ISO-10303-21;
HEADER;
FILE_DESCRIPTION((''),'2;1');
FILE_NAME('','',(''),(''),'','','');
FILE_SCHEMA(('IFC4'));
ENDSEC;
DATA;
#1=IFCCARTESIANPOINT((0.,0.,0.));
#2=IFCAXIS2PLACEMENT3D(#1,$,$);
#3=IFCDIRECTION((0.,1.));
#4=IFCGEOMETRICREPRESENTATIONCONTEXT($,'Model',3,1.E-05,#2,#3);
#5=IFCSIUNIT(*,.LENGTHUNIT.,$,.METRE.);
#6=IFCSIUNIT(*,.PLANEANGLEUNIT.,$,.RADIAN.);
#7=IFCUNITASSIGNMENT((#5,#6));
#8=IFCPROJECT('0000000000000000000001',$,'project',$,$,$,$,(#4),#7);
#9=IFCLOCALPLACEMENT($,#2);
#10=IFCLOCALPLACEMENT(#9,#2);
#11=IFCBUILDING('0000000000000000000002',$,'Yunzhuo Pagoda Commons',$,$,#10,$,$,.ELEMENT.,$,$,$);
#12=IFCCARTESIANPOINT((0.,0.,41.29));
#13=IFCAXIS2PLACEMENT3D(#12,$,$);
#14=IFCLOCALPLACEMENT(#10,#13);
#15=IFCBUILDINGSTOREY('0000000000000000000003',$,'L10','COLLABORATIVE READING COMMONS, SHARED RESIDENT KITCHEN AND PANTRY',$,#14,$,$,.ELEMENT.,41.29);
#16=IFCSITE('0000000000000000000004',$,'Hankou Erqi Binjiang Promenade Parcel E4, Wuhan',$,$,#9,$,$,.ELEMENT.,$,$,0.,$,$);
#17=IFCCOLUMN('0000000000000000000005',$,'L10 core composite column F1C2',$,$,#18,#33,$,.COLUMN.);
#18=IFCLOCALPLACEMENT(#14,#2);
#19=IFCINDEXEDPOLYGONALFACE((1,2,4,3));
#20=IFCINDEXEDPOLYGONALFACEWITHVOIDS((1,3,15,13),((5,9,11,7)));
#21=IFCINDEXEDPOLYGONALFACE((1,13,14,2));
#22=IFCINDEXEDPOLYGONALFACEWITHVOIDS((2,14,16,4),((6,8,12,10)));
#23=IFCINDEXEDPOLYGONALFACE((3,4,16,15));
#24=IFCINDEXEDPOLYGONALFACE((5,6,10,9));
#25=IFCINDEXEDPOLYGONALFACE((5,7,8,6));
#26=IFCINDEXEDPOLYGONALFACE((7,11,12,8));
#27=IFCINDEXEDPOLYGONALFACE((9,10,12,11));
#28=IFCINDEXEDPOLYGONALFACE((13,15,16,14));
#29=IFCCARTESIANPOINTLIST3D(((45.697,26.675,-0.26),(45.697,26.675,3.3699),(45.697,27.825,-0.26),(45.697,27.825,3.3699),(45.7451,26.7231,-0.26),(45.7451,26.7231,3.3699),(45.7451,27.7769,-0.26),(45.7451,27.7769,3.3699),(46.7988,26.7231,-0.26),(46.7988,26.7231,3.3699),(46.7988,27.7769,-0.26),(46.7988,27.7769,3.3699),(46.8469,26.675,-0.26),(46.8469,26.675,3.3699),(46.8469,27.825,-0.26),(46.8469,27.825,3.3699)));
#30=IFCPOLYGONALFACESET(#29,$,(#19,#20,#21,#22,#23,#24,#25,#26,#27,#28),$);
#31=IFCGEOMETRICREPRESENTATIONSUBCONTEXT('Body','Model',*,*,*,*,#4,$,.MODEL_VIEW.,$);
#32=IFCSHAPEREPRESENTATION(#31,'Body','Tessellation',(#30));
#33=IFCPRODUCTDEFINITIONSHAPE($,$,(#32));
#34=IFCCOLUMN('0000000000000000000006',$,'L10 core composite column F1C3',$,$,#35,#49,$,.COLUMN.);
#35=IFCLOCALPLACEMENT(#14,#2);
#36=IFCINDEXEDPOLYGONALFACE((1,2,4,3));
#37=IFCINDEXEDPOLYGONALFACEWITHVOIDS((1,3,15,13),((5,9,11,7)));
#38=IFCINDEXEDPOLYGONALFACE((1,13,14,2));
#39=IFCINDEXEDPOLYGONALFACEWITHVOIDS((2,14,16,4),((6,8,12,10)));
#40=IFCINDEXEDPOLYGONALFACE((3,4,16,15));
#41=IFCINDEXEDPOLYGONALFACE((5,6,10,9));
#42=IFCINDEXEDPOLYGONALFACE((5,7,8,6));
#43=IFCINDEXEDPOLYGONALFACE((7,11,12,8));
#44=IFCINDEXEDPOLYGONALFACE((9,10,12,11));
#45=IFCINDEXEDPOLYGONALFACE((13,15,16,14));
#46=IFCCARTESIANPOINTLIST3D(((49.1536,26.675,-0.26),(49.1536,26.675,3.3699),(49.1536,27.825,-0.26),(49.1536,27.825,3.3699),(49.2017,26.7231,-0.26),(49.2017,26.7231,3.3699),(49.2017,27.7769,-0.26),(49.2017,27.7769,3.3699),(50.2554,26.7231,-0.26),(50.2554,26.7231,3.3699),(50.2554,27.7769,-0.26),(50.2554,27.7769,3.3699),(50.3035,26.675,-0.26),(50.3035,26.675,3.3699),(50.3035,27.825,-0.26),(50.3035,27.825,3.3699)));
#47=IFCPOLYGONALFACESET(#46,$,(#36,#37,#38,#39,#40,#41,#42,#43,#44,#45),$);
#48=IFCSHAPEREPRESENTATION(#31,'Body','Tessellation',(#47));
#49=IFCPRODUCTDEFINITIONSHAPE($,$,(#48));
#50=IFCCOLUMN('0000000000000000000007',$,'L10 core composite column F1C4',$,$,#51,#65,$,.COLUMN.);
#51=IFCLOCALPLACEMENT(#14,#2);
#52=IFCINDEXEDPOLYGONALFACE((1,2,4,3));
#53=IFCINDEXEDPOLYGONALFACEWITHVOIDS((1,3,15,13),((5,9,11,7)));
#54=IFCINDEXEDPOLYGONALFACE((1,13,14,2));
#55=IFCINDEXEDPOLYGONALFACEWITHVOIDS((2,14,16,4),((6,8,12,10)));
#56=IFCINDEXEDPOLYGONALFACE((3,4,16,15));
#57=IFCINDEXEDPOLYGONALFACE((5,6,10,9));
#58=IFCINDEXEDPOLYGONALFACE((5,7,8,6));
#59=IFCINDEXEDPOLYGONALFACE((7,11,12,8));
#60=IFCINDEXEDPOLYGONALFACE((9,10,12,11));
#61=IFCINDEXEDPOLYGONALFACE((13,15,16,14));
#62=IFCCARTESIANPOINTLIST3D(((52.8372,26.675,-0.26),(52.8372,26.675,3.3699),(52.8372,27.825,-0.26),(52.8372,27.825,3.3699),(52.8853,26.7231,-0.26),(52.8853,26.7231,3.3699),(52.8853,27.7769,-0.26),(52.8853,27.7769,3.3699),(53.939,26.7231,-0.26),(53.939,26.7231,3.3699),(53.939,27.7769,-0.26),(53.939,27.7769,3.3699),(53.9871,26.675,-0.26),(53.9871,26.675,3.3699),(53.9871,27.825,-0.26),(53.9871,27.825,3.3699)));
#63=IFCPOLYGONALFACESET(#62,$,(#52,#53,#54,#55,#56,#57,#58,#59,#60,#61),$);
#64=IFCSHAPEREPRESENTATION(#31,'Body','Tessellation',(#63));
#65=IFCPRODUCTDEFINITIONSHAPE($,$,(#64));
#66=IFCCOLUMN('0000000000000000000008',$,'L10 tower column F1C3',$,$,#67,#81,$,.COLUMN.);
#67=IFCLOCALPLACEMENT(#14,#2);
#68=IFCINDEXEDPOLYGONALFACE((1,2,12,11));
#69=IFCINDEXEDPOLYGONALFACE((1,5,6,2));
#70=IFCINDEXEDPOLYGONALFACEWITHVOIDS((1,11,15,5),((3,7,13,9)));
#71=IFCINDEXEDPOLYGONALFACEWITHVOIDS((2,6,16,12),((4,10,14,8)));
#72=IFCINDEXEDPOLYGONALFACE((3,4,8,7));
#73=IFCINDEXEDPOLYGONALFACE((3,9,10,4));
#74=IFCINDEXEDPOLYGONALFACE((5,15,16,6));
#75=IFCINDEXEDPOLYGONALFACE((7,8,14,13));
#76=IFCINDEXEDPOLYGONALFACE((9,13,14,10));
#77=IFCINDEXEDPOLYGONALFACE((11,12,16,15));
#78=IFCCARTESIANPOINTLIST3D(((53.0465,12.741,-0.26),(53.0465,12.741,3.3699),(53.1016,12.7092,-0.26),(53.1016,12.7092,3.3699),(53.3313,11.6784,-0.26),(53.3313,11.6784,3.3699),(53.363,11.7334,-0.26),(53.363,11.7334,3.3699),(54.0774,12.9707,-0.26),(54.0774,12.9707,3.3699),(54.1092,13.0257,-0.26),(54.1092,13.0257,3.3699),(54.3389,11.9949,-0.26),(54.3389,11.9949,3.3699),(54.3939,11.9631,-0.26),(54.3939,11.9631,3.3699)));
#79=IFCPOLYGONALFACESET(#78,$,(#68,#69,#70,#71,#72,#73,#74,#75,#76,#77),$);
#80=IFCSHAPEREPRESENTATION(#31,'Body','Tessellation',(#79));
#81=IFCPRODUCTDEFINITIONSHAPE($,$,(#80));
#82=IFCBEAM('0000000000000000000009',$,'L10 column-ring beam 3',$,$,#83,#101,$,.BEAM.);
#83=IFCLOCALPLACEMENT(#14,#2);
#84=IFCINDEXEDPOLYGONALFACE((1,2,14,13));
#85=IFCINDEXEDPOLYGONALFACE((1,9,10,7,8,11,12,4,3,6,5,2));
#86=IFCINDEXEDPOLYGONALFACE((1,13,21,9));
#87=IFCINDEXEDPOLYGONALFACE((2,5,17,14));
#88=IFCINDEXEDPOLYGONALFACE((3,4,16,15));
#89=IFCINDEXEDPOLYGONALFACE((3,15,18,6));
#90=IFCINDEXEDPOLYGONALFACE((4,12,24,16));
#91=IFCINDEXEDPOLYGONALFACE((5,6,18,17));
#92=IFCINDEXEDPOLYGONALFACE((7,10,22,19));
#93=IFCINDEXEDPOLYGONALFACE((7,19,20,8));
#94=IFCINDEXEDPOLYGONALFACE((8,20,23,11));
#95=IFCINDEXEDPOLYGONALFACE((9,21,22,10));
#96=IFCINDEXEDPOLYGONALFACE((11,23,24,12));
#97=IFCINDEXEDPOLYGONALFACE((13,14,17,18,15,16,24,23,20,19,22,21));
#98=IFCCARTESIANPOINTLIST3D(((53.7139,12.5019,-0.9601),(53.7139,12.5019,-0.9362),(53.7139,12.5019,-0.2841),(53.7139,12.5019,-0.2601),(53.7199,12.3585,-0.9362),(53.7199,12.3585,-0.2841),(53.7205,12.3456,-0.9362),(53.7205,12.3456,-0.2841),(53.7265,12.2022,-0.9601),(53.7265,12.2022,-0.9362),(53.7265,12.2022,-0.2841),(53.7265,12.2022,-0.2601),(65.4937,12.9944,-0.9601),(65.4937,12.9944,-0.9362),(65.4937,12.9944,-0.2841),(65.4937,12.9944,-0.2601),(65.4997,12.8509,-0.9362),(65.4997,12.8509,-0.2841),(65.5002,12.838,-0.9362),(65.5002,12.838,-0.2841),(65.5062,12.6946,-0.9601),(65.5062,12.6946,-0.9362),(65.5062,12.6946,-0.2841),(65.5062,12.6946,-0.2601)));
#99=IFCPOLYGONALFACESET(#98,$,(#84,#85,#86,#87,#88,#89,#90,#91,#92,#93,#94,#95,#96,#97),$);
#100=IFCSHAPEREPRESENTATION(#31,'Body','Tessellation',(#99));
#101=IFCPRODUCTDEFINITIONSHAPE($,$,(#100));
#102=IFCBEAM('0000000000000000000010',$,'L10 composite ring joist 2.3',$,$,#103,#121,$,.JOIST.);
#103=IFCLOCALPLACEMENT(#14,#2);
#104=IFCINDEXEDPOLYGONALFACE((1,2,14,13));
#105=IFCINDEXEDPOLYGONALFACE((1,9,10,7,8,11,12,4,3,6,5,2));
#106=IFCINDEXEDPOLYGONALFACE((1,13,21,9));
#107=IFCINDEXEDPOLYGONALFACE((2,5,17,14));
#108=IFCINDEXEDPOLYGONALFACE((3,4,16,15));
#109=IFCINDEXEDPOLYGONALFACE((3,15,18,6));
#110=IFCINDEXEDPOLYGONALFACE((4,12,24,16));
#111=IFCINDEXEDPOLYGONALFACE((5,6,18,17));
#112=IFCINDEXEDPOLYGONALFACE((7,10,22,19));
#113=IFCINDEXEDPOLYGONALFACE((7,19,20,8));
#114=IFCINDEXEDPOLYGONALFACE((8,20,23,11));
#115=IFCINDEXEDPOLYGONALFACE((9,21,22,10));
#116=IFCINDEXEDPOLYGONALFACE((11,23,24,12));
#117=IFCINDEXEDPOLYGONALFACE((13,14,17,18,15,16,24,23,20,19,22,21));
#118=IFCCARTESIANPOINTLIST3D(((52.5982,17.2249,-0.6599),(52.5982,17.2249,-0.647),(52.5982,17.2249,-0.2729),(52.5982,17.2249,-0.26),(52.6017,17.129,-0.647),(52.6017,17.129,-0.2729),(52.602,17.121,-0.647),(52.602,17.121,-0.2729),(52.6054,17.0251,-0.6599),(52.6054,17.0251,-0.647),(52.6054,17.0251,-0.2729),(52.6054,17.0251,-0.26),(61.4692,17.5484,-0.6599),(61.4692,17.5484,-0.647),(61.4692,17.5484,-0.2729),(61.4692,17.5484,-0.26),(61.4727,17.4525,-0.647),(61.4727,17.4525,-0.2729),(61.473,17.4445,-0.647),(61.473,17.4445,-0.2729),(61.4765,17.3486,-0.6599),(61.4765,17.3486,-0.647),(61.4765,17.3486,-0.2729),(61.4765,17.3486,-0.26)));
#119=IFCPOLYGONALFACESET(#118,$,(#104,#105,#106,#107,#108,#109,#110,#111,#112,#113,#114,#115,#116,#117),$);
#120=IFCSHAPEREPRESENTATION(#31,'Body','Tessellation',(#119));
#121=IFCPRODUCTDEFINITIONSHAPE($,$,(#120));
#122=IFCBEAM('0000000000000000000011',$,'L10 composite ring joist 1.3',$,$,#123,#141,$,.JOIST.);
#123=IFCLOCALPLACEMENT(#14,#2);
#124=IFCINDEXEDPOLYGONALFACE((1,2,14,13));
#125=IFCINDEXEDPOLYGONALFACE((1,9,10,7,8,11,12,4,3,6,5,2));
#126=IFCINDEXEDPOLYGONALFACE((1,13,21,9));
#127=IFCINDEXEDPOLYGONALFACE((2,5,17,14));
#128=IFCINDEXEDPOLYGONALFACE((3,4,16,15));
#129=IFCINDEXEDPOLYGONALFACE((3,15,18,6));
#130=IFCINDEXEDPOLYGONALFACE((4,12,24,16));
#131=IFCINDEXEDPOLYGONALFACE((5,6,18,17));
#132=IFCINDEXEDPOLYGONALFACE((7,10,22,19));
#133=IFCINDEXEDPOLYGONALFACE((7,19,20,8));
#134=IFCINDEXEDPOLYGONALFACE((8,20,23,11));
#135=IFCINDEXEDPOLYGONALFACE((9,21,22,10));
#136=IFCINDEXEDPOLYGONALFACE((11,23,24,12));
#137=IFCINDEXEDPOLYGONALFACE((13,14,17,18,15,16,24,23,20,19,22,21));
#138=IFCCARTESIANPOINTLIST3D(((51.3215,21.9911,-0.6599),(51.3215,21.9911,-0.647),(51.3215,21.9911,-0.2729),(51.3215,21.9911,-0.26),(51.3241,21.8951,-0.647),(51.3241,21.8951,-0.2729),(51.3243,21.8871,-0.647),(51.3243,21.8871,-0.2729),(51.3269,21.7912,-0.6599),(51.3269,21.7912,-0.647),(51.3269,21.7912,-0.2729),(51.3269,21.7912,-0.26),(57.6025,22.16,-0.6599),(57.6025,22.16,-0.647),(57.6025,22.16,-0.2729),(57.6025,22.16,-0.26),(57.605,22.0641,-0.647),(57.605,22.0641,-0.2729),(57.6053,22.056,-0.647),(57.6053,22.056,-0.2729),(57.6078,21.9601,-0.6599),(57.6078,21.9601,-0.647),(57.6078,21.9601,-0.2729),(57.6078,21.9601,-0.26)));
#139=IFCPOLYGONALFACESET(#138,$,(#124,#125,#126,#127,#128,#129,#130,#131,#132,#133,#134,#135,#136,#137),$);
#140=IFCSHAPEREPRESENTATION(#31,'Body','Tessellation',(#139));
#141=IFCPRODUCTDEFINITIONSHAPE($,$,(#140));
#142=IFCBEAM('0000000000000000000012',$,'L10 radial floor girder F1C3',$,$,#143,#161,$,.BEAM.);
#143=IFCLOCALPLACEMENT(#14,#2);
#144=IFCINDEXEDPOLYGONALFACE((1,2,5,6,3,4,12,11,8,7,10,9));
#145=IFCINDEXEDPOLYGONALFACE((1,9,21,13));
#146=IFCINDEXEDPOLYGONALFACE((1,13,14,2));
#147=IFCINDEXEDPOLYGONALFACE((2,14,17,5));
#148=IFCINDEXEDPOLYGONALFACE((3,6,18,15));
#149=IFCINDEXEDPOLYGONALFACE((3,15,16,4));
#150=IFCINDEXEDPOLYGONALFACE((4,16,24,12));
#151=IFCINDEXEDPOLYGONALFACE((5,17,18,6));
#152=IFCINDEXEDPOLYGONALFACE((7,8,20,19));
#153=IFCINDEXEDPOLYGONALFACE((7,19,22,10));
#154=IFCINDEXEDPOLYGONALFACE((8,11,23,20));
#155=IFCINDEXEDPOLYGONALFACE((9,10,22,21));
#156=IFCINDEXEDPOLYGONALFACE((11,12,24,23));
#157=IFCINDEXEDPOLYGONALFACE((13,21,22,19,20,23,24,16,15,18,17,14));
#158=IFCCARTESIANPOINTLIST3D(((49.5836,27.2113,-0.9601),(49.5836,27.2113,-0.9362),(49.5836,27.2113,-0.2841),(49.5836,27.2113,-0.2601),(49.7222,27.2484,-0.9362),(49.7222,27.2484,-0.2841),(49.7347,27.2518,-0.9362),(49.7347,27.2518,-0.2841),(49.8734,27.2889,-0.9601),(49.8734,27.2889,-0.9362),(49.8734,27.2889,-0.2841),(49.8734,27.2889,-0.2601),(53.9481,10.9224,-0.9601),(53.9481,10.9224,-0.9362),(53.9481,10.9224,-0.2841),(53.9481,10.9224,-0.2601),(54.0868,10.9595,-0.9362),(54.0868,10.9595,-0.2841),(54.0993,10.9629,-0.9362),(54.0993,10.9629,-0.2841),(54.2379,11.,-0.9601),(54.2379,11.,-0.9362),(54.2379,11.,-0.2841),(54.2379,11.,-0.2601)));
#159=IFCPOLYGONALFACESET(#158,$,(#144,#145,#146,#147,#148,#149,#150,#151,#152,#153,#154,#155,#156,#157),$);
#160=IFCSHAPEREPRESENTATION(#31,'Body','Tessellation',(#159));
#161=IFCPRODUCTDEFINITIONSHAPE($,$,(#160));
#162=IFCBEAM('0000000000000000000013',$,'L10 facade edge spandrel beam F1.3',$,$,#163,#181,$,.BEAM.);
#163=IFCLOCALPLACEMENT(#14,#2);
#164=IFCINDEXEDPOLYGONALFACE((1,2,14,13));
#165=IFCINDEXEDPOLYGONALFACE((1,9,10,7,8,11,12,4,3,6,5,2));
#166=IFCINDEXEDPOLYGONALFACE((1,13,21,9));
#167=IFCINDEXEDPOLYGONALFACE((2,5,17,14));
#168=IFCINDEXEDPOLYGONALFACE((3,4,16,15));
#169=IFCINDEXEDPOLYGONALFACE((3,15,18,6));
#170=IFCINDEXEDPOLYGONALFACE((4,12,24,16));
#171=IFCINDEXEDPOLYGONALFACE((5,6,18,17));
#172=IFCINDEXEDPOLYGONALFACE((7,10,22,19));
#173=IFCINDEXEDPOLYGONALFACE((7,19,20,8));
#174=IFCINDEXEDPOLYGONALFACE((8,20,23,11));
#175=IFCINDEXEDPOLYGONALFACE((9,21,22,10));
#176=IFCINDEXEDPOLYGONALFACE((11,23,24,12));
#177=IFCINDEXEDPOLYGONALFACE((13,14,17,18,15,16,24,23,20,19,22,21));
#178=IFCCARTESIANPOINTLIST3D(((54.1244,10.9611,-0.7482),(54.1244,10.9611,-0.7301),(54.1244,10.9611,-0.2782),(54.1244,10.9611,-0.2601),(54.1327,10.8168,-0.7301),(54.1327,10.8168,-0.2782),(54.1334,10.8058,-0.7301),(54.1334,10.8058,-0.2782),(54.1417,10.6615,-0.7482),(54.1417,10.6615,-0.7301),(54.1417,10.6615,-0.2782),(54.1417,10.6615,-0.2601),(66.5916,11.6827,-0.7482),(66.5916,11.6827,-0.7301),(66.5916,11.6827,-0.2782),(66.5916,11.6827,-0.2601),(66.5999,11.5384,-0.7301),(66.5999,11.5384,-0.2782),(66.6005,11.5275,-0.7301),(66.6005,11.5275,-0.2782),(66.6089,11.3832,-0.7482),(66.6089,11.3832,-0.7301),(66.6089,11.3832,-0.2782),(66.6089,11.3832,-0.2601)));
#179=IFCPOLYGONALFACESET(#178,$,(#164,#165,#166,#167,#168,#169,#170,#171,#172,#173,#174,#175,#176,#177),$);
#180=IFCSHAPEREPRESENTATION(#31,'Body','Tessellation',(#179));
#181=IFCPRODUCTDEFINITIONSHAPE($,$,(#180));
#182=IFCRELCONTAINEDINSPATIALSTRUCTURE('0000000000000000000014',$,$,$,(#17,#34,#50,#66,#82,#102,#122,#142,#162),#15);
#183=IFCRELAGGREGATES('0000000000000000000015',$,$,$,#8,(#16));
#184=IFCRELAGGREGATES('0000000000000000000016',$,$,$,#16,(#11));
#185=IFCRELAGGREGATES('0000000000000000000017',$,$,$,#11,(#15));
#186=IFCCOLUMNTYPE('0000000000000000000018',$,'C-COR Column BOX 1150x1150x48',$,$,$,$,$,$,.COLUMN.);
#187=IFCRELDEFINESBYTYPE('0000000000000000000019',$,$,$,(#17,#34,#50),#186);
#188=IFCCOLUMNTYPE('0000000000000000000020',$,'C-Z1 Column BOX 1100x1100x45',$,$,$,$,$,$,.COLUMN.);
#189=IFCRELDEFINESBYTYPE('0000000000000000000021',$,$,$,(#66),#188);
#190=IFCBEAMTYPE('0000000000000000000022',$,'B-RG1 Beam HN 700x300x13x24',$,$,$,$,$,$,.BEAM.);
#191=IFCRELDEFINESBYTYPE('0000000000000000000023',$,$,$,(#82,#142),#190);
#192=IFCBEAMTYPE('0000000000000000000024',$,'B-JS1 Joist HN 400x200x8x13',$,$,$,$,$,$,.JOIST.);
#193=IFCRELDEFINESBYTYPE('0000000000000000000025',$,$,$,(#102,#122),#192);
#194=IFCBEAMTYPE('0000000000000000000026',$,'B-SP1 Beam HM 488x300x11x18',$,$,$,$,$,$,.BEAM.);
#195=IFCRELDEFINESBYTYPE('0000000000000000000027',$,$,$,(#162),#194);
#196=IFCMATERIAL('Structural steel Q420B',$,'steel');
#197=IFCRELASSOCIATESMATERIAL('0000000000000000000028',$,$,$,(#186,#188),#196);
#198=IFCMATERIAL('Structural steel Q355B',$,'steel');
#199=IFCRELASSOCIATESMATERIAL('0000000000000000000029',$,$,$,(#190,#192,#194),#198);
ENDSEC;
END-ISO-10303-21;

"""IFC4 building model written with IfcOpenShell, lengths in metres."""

from ifc_helpers import new_model, si_unit, direction, frame, origin, origin_2d, place, context, subcontext, project, spatial, hollow_rectangle, i_section, extrude, source, transform, mapped, material, material_profile, profile_set, type_object, element, save


model = new_model("IFC4")

# Units and contexts
model_context = context("Model", 3, precision=1e-05, world=origin(), true_north=direction((0.0, 1.0)))
body_context = subcontext(model_context, "Body", "Model", "MODEL_VIEW")
ifc_project = project(units=[si_unit("LENGTHUNIT", "METRE"), si_unit("PLANEANGLEUNIT", "RADIAN")], contexts=[model_context])

# Site, building, storey
site_placement = place(None, origin())
site = spatial("IfcSite", under=ifc_project, at=site_placement, Name="Hankou Erqi Binjiang Promenade Parcel E4, Wuhan", CompositionType="ELEMENT", RefElevation=0.0)
building_placement = place(site_placement, origin())
building = spatial("IfcBuilding", under=site, at=building_placement, Name="Yunzhuo Pagoda Commons", CompositionType="ELEMENT")
storey_placement = place(building_placement, frame((0.0, 0.0, 41.29)))
storey = spatial("IfcBuildingStorey", under=building, at=storey_placement, Name="L10", Description="COLLABORATIVE READING COMMONS, SHARED RESIDENT KITCHEN AND PANTRY", CompositionType="ELEMENT", Elevation=41.29)

# Columns
ifc_material_1 = material(Name="Structural steel Q420B", Category="steel")
ifc_material_profile_1 = material_profile(ifc_material_1, hollow_rectangle(XDim=1.1499, YDim=1.1499, WallThickness=0.0481, at=origin_2d()), Name="Structural steel Q420B")
ifc_profile_set_1 = profile_set([ifc_material_profile_1], Name="Structural steel Q420B")
column_type_1 = type_object("IfcColumnType", Name="C-COR Column BOX 1150x1150x48", PredefinedType="COLUMN", material=ifc_profile_set_1)
shared_shape_1 = source(origin(), body_context, "Body", "SweptSolid", [
    extrude(hollow_rectangle(XDim=1.1499, YDim=1.1499, WallThickness=0.0481, at=origin_2d()), origin(), (0.0, 0.0, 1.0), 3.6299),
])
for number, where, z_axis, x_axis, name in (
    (1, (46.272, 27.25, -0.26), (0.0, 0.0, 1.0), (1.0, 0.0, 0.0), "L10 core composite column F1C2"),
    (2, (49.7285, 27.25, -0.26), (0.0, 0.0, 1.0), (1.0, 0.0, 0.0), "L10 core composite column F1C3"),
    (3, (53.4121, 27.25, -0.26), (0.0, 0.0, 1.0), (1.0, 0.0, 0.0), "L10 core composite column F1C4"),
):
    element("IfcColumn", number, at=place(storey_placement, frame(where, z_axis=z_axis, x_axis=x_axis)), inside=storey, type_object=column_type_1, Name=name, PredefinedType="COLUMN", context=body_context, shape_type="MappedRepresentation", body=[
        mapped(shared_shape_1, transform((0.0, 0.0, 0.0), scale=1.0)),
    ])
ifc_material_profile_2 = material_profile(ifc_material_1, hollow_rectangle(XDim=1.1001, YDim=1.1001, WallThickness=0.0449, at=origin_2d()), Name="Structural steel Q420B")
ifc_profile_set_2 = profile_set([ifc_material_profile_2], Name="Structural steel Q420B")
column_type_2 = type_object("IfcColumnType", Name="C-Z1 Column BOX 1100x1100x45", PredefinedType="COLUMN", material=ifc_profile_set_2)
shared_shape_2 = source(origin(), body_context, "Body", "SweptSolid", [
    extrude(hollow_rectangle(XDim=1.1001, YDim=1.1001, WallThickness=0.0449, at=origin_2d()), origin(), (0.0, 0.0, 1.0), 3.6299),
])
column_placement = place(storey_placement, frame((53.7202, 12.3521, -0.26), z_axis=(0.0, 0.0, 1.0), x_axis=(0.965926, 0.258819, 0.0)))
element("IfcColumn", 4, at=column_placement, inside=storey, type_object=column_type_2, Name="L10 tower column F1C3", PredefinedType="COLUMN", context=body_context, shape_type="MappedRepresentation", body=[
    mapped(shared_shape_2, transform((0.0, 0.0, 0.0), scale=1.0)),
])

# Beams
ifc_material_2 = material(Name="Structural steel Q355B", Category="steel")
ifc_material_profile_3 = material_profile(ifc_material_2, i_section(OverallWidth=0.3, OverallDepth=0.7, WebThickness=0.0129, FlangeThickness=0.0239, at=origin_2d()), Name="Structural steel Q355B")
ifc_profile_set_3 = profile_set([ifc_material_profile_3], Name="Structural steel Q355B")
beam_type_1 = type_object("IfcBeamType", Name="B-RG1 Beam HN 700x300x13x24", PredefinedType="BEAM", material=ifc_profile_set_3)
shared_shape_3 = source(origin(), body_context, "Body", "SweptSolid", [
    extrude(i_section(OverallWidth=0.3, OverallDepth=0.7, WebThickness=0.0129, FlangeThickness=0.0239, at=origin_2d()), origin(), (0.0, 0.0, 1.0), 11.79),
])
beam_1_placement = place(storey_placement, frame((53.7202, 12.3521, -0.6101), z_axis=(0.999127, 0.041767, 0.0), x_axis=(-0.041767, 0.999127, 0.0)))
element("IfcBeam", 5, at=beam_1_placement, inside=storey, type_object=beam_type_1, Name="L10 column-ring beam 3", PredefinedType="BEAM", context=body_context, shape_type="MappedRepresentation", body=[
    mapped(shared_shape_3, transform((0.0, 0.0, 0.0), scale=1.0)),
])
ifc_material_profile_4 = material_profile(ifc_material_2, i_section(OverallWidth=0.2, OverallDepth=0.3999, WebThickness=0.0081, FlangeThickness=0.0129, at=origin_2d()), Name="Structural steel Q355B")
ifc_profile_set_4 = profile_set([ifc_material_profile_4], Name="Structural steel Q355B")
beam_type_2 = type_object("IfcBeamType", Name="B-JS1 Joist HN 400x200x8x13", PredefinedType="JOIST", material=ifc_profile_set_4)
shared_shape_4 = source(origin(), body_context, "Body", "SweptSolid", [
    extrude(i_section(OverallWidth=0.2, OverallDepth=0.3999, WebThickness=0.0081, FlangeThickness=0.0129, at=origin_2d()), origin(), (0.0, 0.0, 1.0), 8.877),
])
beam_2_placement = place(storey_placement, frame((52.6018, 17.125, -0.46), z_axis=(0.999336, 0.036441, 0.0), x_axis=(-0.036441, 0.999336, 0.0)))
element("IfcBeam", 6, at=beam_2_placement, inside=storey, type_object=beam_type_2, Name="L10 composite ring joist 2.3", PredefinedType="JOIST", context=body_context, shape_type="MappedRepresentation", body=[
    mapped(shared_shape_4, transform((0.0, 0.0, 0.0), scale=1.0)),
])
shared_shape_5 = source(origin(), body_context, "Body", "SweptSolid", [
    extrude(i_section(OverallWidth=0.2, OverallDepth=0.3999, WebThickness=0.0081, FlangeThickness=0.0129, at=origin_2d()), origin(), (0.0, 0.0, 1.0), 6.2832),
])
beam_3_placement = place(storey_placement, frame((51.3242, 21.8911, -0.46), z_axis=(0.999638, 0.026888, 0.0), x_axis=(-0.026888, 0.999638, 0.0)))
element("IfcBeam", 7, at=beam_3_placement, inside=storey, type_object=beam_type_2, Name="L10 composite ring joist 1.3", PredefinedType="JOIST", context=body_context, shape_type="MappedRepresentation", body=[
    mapped(shared_shape_5, transform((0.0, 0.0, 0.0), scale=1.0)),
])
shared_shape_6 = source(origin(), body_context, "Body", "SweptSolid", [
    extrude(i_section(OverallWidth=0.3, OverallDepth=0.7, WebThickness=0.0129, FlangeThickness=0.0239, at=origin_2d()), origin(), (0.0, 0.0, 1.0), 16.8635),
])
beam_4_placement = place(storey_placement, frame((54.093, 10.9612, -0.6101), z_axis=(-0.258815, 0.965927, 0.0), x_axis=(-0.965927, -0.258815, 0.0)))
element("IfcBeam", 8, at=beam_4_placement, inside=storey, type_object=beam_type_1, Name="L10 radial floor girder F1C3", PredefinedType="BEAM", context=body_context, shape_type="MappedRepresentation", body=[
    mapped(shared_shape_6, transform((0.0, 0.0, 0.0), scale=1.0)),
])
ifc_material_profile_5 = material_profile(ifc_material_2, i_section(OverallWidth=0.3, OverallDepth=0.488, WebThickness=0.011, FlangeThickness=0.0181, at=origin_2d()), Name="Structural steel Q355B")
ifc_profile_set_5 = profile_set([ifc_material_profile_5], Name="Structural steel Q355B")
beam_type_3 = type_object("IfcBeamType", Name="B-SP1 Beam HM 488x300x11x18", PredefinedType="BEAM", material=ifc_profile_set_5)
shared_shape_7 = source(origin(), body_context, "Body", "SweptSolid", [
    extrude(i_section(OverallWidth=0.3, OverallDepth=0.488, WebThickness=0.011, FlangeThickness=0.0181, at=origin_2d()), origin(), (0.0, 0.0, 1.0), 12.488),
])
beam_5_placement = place(storey_placement, frame((54.1331, 10.8113, -0.5042), z_axis=(0.998329, 0.057789, 0.0), x_axis=(-0.057789, 0.998329, 0.0)))
element("IfcBeam", 9, at=beam_5_placement, inside=storey, type_object=beam_type_3, Name="L10 facade edge spandrel beam F1.3", PredefinedType="BEAM", context=body_context, shape_type="MappedRepresentation", body=[
    mapped(shared_shape_7, transform((0.0, 0.0, 0.0), scale=1.0)),
])

save(model, "model.ifc")
